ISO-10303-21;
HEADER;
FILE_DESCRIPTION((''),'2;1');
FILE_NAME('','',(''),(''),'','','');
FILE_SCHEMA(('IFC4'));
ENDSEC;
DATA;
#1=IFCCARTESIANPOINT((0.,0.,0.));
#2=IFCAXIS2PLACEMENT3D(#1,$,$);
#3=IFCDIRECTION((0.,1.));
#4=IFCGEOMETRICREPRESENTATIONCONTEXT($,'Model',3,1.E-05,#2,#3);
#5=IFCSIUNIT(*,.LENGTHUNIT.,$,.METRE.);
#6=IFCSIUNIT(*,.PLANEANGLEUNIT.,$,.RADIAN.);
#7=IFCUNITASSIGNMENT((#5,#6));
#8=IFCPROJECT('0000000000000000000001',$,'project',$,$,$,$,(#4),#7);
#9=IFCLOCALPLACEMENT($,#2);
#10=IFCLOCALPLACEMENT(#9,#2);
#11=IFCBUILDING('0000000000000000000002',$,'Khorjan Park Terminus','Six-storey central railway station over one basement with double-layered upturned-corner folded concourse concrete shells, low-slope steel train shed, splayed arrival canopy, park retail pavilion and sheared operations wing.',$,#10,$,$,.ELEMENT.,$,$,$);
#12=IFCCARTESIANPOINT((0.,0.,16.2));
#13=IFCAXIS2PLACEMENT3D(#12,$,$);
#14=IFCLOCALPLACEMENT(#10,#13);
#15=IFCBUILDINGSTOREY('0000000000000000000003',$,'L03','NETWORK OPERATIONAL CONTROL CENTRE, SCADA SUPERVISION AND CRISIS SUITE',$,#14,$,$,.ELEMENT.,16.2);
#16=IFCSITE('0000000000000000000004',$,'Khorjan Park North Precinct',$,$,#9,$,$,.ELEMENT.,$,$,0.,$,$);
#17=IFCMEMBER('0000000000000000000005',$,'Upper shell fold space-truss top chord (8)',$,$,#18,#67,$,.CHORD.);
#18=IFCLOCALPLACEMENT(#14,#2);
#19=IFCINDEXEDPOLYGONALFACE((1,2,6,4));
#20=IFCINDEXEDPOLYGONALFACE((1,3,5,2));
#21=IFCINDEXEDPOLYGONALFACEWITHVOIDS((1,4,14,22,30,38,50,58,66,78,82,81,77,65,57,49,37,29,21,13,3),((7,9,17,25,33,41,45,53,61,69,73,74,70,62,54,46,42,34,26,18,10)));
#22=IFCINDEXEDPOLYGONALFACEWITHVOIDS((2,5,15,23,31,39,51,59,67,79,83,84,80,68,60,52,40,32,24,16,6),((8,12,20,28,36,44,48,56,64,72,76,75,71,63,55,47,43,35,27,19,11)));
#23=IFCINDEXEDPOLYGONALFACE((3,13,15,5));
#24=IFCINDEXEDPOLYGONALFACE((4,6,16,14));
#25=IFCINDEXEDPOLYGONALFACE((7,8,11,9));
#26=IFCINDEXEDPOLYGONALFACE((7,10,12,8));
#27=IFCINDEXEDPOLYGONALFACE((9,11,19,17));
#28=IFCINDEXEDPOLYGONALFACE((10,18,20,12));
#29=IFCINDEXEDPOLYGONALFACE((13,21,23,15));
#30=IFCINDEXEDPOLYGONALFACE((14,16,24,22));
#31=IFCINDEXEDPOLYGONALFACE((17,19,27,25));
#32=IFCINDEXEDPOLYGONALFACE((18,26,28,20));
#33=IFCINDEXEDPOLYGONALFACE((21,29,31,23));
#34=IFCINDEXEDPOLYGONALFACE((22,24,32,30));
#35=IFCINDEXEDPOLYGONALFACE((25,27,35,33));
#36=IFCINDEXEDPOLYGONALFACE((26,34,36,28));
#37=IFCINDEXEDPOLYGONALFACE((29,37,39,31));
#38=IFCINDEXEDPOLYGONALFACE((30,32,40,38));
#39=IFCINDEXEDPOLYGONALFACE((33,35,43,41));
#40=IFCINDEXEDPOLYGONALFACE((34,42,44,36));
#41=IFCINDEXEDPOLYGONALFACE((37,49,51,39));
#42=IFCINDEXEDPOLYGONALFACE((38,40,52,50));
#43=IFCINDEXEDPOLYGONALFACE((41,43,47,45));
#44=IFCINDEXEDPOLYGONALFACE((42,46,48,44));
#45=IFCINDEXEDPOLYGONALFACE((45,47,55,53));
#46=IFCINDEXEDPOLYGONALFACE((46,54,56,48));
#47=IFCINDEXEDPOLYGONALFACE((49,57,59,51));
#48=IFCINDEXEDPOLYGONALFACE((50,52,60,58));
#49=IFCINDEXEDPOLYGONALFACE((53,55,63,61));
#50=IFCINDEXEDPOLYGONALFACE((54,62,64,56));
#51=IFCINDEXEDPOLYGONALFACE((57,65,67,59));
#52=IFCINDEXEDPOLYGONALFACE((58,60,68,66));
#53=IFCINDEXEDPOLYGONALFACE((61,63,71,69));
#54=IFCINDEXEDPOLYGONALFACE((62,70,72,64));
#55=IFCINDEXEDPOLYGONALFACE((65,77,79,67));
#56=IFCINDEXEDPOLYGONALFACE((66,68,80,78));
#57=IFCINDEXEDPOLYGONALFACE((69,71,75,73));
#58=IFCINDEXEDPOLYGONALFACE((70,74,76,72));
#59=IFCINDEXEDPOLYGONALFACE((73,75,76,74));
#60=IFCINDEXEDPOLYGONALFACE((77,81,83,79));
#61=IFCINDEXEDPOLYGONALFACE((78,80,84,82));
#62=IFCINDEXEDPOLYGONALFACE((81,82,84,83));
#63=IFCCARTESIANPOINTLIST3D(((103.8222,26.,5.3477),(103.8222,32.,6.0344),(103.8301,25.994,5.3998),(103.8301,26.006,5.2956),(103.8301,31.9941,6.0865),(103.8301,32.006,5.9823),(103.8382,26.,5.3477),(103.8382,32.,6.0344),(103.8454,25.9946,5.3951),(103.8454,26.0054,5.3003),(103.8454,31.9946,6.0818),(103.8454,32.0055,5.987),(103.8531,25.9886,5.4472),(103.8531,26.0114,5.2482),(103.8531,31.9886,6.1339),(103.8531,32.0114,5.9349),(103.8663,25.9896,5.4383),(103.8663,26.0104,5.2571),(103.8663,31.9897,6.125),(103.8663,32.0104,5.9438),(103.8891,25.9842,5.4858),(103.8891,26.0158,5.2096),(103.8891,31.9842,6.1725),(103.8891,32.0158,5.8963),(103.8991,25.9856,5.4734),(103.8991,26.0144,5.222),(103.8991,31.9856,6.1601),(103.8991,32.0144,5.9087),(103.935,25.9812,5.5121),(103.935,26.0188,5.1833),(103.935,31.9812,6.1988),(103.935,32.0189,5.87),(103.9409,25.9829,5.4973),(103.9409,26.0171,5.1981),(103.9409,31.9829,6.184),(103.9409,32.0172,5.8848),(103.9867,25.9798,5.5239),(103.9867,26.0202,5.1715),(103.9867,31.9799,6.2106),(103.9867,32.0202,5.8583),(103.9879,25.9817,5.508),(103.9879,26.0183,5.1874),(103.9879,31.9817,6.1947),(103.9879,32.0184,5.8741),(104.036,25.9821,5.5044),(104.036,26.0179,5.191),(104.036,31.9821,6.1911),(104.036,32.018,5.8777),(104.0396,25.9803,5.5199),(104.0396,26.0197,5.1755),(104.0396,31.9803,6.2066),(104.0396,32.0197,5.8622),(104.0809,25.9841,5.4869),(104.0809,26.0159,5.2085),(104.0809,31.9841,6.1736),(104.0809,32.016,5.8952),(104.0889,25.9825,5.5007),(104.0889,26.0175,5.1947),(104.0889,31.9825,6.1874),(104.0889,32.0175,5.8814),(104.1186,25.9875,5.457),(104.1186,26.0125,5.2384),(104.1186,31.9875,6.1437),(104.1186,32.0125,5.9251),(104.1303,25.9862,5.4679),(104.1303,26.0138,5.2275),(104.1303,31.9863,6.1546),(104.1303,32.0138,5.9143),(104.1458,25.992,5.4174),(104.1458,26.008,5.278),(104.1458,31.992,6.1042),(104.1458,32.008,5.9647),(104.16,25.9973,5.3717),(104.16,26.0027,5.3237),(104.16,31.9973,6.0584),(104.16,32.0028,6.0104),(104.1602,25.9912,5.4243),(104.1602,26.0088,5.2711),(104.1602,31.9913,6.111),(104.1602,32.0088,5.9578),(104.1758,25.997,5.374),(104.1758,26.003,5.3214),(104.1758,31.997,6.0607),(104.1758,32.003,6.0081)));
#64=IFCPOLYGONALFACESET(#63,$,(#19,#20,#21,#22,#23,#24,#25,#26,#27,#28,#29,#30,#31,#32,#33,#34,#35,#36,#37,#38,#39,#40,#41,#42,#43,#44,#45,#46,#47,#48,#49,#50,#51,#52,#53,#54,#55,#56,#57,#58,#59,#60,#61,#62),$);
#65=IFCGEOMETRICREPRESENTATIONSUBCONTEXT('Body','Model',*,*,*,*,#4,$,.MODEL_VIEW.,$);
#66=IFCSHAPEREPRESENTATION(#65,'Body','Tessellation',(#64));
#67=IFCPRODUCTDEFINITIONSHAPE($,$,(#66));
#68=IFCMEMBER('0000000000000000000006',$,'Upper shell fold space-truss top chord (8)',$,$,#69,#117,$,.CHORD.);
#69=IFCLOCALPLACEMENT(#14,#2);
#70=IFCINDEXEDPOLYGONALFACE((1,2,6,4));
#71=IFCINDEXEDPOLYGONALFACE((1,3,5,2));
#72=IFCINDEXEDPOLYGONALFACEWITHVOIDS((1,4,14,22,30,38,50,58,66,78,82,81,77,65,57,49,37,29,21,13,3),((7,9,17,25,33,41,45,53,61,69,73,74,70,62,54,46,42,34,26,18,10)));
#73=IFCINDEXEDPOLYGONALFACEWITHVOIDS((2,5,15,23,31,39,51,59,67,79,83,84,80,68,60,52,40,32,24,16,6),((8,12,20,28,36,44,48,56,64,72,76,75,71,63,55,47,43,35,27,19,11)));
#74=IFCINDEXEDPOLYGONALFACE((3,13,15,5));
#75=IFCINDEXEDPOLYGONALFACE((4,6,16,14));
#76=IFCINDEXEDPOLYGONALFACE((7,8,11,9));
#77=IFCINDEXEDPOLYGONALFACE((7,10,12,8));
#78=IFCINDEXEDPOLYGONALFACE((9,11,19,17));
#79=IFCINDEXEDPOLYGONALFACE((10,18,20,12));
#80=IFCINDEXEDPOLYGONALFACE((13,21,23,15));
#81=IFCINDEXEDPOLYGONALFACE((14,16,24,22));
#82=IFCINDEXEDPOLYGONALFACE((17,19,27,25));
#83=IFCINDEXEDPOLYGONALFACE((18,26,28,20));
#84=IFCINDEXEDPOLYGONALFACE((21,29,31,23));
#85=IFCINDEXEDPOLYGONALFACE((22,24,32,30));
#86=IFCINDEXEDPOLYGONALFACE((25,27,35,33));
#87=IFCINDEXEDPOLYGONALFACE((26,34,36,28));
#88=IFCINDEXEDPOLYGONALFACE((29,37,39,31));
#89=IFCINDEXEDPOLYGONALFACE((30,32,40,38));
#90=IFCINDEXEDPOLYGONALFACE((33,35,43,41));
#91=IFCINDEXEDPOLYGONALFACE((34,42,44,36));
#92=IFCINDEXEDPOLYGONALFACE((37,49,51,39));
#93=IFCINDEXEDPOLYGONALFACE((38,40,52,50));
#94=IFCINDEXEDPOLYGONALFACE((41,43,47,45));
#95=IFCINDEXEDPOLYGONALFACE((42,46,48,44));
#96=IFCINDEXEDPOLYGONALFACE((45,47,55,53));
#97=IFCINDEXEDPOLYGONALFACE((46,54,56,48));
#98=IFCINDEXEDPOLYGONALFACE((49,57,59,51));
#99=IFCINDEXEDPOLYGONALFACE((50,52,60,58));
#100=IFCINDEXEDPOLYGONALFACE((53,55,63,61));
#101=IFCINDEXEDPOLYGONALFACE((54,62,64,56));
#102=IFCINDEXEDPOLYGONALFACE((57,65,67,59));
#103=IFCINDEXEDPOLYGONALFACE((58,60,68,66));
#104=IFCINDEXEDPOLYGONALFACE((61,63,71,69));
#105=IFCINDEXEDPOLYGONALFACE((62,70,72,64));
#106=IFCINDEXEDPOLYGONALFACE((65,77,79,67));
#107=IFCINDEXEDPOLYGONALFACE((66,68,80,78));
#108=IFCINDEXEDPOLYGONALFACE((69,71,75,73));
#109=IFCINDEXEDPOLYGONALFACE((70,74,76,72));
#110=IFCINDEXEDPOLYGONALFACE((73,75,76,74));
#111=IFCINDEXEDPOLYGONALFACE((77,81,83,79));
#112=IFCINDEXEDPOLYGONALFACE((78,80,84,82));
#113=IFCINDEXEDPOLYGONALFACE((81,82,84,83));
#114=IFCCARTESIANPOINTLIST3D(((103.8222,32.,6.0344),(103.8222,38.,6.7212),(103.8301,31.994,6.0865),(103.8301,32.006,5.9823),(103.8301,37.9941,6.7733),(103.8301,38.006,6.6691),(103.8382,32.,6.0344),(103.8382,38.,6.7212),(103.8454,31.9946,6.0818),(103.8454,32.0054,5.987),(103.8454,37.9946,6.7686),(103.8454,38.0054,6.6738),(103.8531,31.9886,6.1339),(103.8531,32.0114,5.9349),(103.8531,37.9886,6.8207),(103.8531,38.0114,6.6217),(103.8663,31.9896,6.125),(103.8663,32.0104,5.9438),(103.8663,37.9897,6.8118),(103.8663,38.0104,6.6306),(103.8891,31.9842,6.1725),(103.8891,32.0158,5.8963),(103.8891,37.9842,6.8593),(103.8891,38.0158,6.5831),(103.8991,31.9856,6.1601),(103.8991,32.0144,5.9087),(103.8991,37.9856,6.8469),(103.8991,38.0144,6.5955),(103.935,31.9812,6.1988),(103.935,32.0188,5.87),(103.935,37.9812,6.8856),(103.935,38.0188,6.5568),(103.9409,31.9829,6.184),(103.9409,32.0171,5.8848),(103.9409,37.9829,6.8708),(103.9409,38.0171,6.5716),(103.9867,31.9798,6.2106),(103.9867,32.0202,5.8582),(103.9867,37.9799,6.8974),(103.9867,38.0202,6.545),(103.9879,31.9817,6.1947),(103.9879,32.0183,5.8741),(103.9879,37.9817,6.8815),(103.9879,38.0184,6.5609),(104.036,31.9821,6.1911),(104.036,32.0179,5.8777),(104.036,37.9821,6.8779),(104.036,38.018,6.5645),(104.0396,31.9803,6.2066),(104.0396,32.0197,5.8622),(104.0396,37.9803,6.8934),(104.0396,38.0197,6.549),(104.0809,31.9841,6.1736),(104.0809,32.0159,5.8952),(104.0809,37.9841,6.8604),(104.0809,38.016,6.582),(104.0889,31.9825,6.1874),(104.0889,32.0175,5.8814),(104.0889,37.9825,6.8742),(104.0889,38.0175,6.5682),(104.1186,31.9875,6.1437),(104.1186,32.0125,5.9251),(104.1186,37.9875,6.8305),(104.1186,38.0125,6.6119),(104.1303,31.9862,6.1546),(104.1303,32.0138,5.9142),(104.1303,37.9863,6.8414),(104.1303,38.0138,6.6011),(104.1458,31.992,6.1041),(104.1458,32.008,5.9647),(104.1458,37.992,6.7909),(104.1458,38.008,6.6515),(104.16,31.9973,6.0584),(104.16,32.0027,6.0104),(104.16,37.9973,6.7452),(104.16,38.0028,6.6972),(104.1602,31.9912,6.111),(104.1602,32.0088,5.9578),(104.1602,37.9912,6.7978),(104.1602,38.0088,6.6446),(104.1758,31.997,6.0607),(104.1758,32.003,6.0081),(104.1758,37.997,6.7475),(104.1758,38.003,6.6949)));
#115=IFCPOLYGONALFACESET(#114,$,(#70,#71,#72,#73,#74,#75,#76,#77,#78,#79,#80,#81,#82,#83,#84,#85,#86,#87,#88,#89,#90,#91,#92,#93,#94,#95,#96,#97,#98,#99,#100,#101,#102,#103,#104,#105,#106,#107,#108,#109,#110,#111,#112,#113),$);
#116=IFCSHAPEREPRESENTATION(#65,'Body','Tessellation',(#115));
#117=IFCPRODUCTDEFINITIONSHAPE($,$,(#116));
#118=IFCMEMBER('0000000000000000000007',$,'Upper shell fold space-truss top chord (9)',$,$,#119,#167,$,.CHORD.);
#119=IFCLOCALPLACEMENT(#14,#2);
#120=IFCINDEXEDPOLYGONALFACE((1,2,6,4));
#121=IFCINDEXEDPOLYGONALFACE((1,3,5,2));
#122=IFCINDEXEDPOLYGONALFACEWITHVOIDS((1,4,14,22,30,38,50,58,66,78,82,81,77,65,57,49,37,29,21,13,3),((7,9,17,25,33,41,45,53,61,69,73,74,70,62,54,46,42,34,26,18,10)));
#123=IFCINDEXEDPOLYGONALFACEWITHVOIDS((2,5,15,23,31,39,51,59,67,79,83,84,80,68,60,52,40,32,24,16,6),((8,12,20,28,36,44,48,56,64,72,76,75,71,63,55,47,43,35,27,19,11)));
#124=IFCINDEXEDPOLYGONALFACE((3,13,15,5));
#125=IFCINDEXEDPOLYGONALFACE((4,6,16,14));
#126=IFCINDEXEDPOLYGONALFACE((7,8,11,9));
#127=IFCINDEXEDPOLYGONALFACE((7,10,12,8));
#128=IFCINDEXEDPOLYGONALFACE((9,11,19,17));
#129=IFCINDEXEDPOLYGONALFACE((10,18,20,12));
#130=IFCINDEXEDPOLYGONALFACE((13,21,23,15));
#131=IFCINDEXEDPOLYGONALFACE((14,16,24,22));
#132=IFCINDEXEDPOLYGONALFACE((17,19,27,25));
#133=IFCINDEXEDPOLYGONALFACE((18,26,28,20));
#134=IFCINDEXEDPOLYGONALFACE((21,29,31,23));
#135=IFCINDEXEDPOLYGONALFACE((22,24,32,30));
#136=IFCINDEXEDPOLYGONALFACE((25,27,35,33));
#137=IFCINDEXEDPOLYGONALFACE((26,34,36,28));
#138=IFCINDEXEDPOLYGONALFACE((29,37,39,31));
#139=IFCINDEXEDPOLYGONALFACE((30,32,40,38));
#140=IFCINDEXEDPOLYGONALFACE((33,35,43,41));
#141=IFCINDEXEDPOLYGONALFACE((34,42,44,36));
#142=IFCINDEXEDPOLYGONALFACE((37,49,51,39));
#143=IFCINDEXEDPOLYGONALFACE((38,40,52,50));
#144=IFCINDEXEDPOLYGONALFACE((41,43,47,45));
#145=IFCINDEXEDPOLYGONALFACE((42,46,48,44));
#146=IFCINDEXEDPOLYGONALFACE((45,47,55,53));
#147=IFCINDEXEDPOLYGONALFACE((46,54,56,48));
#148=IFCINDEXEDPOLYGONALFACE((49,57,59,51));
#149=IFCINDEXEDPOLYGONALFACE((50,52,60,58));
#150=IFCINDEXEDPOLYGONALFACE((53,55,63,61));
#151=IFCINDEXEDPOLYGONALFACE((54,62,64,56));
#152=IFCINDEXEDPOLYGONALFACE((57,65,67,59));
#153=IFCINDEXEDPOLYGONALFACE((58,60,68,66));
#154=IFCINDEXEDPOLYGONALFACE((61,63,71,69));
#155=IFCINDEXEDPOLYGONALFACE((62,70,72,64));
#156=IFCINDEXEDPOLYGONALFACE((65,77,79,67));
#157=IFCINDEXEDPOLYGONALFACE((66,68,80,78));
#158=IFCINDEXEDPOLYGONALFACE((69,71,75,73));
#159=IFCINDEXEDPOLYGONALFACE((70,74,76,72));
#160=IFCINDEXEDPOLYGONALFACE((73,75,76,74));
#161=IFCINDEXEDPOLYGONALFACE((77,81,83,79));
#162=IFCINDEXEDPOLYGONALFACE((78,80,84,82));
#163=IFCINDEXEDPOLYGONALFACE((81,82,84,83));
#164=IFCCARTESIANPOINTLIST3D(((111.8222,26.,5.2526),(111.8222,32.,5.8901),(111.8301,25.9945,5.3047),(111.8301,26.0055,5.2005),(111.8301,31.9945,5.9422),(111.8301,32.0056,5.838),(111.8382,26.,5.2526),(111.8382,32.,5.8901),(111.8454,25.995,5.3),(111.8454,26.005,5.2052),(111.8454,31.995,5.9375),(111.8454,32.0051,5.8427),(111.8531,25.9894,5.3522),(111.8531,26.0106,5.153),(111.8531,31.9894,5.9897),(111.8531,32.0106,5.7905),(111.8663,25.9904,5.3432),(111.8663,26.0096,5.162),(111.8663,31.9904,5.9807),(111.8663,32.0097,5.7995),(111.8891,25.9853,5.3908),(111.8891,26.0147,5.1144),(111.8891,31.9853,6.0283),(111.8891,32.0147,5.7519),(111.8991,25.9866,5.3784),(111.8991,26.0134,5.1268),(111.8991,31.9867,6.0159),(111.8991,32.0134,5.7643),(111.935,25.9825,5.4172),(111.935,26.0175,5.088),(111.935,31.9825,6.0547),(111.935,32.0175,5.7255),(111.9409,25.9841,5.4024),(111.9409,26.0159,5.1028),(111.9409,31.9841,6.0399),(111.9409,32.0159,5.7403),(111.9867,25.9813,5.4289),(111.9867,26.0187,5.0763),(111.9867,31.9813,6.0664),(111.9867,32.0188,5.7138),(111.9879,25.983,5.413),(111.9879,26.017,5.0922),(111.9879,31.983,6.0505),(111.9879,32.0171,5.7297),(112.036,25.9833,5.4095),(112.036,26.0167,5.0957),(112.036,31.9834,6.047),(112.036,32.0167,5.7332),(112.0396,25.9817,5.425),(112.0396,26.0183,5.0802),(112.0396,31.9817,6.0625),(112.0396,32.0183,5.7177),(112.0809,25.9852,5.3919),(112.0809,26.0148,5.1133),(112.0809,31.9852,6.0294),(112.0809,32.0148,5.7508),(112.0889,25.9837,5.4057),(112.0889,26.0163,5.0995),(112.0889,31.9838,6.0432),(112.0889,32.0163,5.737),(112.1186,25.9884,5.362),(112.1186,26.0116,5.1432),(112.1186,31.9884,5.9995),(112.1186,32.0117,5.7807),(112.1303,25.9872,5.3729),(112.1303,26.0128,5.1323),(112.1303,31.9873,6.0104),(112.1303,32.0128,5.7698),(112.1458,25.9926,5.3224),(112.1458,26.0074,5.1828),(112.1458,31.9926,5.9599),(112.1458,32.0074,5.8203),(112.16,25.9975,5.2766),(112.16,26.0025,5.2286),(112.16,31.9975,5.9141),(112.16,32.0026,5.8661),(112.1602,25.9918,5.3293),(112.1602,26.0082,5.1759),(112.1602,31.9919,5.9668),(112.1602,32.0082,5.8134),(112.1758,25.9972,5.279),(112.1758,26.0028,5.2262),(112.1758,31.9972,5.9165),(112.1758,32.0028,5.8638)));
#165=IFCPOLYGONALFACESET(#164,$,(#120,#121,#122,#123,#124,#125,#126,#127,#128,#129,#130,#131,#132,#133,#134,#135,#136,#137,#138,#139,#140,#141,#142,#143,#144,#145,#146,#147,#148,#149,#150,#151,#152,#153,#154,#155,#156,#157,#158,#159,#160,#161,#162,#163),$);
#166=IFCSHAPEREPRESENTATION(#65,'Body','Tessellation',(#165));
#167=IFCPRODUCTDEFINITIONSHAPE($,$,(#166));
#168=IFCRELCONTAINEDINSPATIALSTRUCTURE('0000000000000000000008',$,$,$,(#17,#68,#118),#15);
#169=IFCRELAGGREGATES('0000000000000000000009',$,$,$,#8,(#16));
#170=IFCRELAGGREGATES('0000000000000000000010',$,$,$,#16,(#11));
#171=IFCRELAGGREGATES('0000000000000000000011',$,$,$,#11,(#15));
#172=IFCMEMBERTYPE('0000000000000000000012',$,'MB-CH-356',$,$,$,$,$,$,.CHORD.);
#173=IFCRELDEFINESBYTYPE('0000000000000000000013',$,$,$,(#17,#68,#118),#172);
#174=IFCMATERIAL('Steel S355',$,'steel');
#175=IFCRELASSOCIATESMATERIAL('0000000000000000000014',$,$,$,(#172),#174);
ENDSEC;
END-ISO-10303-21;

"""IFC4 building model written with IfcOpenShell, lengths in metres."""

from ifc_helpers import new_model, si_unit, direction, frame, origin, origin_2d, place, context, subcontext, project, spatial, hollow_circle, extrude, material, material_profile, profile_set, type_object, element, save


model = new_model("IFC4")

# Units and contexts
model_context = context("Model", 3, precision=1e-05, world=origin(), true_north=direction((0.0, 1.0)))
body_context = subcontext(model_context, "Body", "Model", "MODEL_VIEW")
ifc_project = project(units=[si_unit("LENGTHUNIT", "METRE"), si_unit("PLANEANGLEUNIT", "RADIAN")], contexts=[model_context])

# Site, building, storey
site_placement = place(None, origin())
site = spatial("IfcSite", under=ifc_project, at=site_placement, Name="Khorjan Park North Precinct", CompositionType="ELEMENT", RefElevation=0.0)
building_placement = place(site_placement, origin())
building = spatial("IfcBuilding", under=site, at=building_placement, Name="Khorjan Park Terminus", Description="Six-storey central railway station over one basement with double-layered upturned-corner folded concourse concrete shells, low-slope steel train shed, splayed arrival canopy, park retail pavilion and sheared operations wing.", CompositionType="ELEMENT")
storey_placement = place(building_placement, frame((0.0, 0.0, 16.2)))
storey = spatial("IfcBuildingStorey", under=building, at=storey_placement, Name="L03", Description="NETWORK OPERATIONAL CONTROL CENTRE, SCADA SUPERVISION AND CRISIS SUITE", CompositionType="ELEMENT", Elevation=16.2)

# Members
ifc_material_1 = material(Name="Steel S355", Category="steel")
ifc_material_profile_1 = material_profile(ifc_material_1, hollow_circle(Radius=0.1778, WallThickness=0.016, at=origin_2d()), Name="CHS 355.6x16")
ifc_profile_set_1 = profile_set([ifc_material_profile_1], Name="Steel S355")
member_type_1 = type_object("IfcMemberType", Name="MB-CH-356", PredefinedType="CHORD", material=ifc_profile_set_1)
for number, where, z_axis, x_axis, name in (
    (1, (104.0, 26.0, 5.3477), (0.0, 0.993514, 0.113708), (-1.0, 0.0, 0.0), "Upper shell fold space-truss top chord (8)"),
    (2, (104.0, 32.0, 6.0344), (0.0, 0.993512, 0.113724), (-1.0, 0.0, 0.0), "Upper shell fold space-truss top chord (8)"),
):
    element("IfcMember", number, at=place(storey_placement, frame(where, z_axis=z_axis, x_axis=x_axis)), inside=storey, type_object=member_type_1, Name=name, PredefinedType="CHORD", context=body_context, shape_type="SweptSolid", body=[
        extrude(hollow_circle(Radius=0.1778, WallThickness=0.016, at=origin_2d()), origin(), (0.0, 0.0, 1.0), 6.0392),
    ])
for number, where, z_axis, x_axis, name in (
    (3, (112.0, 26.0, 5.2526), (0.0, 0.994403, 0.105655), (-1.0, 0.0, 0.0), "Upper shell fold space-truss top chord (9)"),
):
    element("IfcMember", number, at=place(storey_placement, frame(where, z_axis=z_axis, x_axis=x_axis)), inside=storey, type_object=member_type_1, Name=name, PredefinedType="CHORD", context=body_context, shape_type="SweptSolid", body=[
        extrude(hollow_circle(Radius=0.1778, WallThickness=0.016, at=origin_2d()), origin(), (0.0, 0.0, 1.0), 6.0338),
    ])

save(model, "model.ifc")
